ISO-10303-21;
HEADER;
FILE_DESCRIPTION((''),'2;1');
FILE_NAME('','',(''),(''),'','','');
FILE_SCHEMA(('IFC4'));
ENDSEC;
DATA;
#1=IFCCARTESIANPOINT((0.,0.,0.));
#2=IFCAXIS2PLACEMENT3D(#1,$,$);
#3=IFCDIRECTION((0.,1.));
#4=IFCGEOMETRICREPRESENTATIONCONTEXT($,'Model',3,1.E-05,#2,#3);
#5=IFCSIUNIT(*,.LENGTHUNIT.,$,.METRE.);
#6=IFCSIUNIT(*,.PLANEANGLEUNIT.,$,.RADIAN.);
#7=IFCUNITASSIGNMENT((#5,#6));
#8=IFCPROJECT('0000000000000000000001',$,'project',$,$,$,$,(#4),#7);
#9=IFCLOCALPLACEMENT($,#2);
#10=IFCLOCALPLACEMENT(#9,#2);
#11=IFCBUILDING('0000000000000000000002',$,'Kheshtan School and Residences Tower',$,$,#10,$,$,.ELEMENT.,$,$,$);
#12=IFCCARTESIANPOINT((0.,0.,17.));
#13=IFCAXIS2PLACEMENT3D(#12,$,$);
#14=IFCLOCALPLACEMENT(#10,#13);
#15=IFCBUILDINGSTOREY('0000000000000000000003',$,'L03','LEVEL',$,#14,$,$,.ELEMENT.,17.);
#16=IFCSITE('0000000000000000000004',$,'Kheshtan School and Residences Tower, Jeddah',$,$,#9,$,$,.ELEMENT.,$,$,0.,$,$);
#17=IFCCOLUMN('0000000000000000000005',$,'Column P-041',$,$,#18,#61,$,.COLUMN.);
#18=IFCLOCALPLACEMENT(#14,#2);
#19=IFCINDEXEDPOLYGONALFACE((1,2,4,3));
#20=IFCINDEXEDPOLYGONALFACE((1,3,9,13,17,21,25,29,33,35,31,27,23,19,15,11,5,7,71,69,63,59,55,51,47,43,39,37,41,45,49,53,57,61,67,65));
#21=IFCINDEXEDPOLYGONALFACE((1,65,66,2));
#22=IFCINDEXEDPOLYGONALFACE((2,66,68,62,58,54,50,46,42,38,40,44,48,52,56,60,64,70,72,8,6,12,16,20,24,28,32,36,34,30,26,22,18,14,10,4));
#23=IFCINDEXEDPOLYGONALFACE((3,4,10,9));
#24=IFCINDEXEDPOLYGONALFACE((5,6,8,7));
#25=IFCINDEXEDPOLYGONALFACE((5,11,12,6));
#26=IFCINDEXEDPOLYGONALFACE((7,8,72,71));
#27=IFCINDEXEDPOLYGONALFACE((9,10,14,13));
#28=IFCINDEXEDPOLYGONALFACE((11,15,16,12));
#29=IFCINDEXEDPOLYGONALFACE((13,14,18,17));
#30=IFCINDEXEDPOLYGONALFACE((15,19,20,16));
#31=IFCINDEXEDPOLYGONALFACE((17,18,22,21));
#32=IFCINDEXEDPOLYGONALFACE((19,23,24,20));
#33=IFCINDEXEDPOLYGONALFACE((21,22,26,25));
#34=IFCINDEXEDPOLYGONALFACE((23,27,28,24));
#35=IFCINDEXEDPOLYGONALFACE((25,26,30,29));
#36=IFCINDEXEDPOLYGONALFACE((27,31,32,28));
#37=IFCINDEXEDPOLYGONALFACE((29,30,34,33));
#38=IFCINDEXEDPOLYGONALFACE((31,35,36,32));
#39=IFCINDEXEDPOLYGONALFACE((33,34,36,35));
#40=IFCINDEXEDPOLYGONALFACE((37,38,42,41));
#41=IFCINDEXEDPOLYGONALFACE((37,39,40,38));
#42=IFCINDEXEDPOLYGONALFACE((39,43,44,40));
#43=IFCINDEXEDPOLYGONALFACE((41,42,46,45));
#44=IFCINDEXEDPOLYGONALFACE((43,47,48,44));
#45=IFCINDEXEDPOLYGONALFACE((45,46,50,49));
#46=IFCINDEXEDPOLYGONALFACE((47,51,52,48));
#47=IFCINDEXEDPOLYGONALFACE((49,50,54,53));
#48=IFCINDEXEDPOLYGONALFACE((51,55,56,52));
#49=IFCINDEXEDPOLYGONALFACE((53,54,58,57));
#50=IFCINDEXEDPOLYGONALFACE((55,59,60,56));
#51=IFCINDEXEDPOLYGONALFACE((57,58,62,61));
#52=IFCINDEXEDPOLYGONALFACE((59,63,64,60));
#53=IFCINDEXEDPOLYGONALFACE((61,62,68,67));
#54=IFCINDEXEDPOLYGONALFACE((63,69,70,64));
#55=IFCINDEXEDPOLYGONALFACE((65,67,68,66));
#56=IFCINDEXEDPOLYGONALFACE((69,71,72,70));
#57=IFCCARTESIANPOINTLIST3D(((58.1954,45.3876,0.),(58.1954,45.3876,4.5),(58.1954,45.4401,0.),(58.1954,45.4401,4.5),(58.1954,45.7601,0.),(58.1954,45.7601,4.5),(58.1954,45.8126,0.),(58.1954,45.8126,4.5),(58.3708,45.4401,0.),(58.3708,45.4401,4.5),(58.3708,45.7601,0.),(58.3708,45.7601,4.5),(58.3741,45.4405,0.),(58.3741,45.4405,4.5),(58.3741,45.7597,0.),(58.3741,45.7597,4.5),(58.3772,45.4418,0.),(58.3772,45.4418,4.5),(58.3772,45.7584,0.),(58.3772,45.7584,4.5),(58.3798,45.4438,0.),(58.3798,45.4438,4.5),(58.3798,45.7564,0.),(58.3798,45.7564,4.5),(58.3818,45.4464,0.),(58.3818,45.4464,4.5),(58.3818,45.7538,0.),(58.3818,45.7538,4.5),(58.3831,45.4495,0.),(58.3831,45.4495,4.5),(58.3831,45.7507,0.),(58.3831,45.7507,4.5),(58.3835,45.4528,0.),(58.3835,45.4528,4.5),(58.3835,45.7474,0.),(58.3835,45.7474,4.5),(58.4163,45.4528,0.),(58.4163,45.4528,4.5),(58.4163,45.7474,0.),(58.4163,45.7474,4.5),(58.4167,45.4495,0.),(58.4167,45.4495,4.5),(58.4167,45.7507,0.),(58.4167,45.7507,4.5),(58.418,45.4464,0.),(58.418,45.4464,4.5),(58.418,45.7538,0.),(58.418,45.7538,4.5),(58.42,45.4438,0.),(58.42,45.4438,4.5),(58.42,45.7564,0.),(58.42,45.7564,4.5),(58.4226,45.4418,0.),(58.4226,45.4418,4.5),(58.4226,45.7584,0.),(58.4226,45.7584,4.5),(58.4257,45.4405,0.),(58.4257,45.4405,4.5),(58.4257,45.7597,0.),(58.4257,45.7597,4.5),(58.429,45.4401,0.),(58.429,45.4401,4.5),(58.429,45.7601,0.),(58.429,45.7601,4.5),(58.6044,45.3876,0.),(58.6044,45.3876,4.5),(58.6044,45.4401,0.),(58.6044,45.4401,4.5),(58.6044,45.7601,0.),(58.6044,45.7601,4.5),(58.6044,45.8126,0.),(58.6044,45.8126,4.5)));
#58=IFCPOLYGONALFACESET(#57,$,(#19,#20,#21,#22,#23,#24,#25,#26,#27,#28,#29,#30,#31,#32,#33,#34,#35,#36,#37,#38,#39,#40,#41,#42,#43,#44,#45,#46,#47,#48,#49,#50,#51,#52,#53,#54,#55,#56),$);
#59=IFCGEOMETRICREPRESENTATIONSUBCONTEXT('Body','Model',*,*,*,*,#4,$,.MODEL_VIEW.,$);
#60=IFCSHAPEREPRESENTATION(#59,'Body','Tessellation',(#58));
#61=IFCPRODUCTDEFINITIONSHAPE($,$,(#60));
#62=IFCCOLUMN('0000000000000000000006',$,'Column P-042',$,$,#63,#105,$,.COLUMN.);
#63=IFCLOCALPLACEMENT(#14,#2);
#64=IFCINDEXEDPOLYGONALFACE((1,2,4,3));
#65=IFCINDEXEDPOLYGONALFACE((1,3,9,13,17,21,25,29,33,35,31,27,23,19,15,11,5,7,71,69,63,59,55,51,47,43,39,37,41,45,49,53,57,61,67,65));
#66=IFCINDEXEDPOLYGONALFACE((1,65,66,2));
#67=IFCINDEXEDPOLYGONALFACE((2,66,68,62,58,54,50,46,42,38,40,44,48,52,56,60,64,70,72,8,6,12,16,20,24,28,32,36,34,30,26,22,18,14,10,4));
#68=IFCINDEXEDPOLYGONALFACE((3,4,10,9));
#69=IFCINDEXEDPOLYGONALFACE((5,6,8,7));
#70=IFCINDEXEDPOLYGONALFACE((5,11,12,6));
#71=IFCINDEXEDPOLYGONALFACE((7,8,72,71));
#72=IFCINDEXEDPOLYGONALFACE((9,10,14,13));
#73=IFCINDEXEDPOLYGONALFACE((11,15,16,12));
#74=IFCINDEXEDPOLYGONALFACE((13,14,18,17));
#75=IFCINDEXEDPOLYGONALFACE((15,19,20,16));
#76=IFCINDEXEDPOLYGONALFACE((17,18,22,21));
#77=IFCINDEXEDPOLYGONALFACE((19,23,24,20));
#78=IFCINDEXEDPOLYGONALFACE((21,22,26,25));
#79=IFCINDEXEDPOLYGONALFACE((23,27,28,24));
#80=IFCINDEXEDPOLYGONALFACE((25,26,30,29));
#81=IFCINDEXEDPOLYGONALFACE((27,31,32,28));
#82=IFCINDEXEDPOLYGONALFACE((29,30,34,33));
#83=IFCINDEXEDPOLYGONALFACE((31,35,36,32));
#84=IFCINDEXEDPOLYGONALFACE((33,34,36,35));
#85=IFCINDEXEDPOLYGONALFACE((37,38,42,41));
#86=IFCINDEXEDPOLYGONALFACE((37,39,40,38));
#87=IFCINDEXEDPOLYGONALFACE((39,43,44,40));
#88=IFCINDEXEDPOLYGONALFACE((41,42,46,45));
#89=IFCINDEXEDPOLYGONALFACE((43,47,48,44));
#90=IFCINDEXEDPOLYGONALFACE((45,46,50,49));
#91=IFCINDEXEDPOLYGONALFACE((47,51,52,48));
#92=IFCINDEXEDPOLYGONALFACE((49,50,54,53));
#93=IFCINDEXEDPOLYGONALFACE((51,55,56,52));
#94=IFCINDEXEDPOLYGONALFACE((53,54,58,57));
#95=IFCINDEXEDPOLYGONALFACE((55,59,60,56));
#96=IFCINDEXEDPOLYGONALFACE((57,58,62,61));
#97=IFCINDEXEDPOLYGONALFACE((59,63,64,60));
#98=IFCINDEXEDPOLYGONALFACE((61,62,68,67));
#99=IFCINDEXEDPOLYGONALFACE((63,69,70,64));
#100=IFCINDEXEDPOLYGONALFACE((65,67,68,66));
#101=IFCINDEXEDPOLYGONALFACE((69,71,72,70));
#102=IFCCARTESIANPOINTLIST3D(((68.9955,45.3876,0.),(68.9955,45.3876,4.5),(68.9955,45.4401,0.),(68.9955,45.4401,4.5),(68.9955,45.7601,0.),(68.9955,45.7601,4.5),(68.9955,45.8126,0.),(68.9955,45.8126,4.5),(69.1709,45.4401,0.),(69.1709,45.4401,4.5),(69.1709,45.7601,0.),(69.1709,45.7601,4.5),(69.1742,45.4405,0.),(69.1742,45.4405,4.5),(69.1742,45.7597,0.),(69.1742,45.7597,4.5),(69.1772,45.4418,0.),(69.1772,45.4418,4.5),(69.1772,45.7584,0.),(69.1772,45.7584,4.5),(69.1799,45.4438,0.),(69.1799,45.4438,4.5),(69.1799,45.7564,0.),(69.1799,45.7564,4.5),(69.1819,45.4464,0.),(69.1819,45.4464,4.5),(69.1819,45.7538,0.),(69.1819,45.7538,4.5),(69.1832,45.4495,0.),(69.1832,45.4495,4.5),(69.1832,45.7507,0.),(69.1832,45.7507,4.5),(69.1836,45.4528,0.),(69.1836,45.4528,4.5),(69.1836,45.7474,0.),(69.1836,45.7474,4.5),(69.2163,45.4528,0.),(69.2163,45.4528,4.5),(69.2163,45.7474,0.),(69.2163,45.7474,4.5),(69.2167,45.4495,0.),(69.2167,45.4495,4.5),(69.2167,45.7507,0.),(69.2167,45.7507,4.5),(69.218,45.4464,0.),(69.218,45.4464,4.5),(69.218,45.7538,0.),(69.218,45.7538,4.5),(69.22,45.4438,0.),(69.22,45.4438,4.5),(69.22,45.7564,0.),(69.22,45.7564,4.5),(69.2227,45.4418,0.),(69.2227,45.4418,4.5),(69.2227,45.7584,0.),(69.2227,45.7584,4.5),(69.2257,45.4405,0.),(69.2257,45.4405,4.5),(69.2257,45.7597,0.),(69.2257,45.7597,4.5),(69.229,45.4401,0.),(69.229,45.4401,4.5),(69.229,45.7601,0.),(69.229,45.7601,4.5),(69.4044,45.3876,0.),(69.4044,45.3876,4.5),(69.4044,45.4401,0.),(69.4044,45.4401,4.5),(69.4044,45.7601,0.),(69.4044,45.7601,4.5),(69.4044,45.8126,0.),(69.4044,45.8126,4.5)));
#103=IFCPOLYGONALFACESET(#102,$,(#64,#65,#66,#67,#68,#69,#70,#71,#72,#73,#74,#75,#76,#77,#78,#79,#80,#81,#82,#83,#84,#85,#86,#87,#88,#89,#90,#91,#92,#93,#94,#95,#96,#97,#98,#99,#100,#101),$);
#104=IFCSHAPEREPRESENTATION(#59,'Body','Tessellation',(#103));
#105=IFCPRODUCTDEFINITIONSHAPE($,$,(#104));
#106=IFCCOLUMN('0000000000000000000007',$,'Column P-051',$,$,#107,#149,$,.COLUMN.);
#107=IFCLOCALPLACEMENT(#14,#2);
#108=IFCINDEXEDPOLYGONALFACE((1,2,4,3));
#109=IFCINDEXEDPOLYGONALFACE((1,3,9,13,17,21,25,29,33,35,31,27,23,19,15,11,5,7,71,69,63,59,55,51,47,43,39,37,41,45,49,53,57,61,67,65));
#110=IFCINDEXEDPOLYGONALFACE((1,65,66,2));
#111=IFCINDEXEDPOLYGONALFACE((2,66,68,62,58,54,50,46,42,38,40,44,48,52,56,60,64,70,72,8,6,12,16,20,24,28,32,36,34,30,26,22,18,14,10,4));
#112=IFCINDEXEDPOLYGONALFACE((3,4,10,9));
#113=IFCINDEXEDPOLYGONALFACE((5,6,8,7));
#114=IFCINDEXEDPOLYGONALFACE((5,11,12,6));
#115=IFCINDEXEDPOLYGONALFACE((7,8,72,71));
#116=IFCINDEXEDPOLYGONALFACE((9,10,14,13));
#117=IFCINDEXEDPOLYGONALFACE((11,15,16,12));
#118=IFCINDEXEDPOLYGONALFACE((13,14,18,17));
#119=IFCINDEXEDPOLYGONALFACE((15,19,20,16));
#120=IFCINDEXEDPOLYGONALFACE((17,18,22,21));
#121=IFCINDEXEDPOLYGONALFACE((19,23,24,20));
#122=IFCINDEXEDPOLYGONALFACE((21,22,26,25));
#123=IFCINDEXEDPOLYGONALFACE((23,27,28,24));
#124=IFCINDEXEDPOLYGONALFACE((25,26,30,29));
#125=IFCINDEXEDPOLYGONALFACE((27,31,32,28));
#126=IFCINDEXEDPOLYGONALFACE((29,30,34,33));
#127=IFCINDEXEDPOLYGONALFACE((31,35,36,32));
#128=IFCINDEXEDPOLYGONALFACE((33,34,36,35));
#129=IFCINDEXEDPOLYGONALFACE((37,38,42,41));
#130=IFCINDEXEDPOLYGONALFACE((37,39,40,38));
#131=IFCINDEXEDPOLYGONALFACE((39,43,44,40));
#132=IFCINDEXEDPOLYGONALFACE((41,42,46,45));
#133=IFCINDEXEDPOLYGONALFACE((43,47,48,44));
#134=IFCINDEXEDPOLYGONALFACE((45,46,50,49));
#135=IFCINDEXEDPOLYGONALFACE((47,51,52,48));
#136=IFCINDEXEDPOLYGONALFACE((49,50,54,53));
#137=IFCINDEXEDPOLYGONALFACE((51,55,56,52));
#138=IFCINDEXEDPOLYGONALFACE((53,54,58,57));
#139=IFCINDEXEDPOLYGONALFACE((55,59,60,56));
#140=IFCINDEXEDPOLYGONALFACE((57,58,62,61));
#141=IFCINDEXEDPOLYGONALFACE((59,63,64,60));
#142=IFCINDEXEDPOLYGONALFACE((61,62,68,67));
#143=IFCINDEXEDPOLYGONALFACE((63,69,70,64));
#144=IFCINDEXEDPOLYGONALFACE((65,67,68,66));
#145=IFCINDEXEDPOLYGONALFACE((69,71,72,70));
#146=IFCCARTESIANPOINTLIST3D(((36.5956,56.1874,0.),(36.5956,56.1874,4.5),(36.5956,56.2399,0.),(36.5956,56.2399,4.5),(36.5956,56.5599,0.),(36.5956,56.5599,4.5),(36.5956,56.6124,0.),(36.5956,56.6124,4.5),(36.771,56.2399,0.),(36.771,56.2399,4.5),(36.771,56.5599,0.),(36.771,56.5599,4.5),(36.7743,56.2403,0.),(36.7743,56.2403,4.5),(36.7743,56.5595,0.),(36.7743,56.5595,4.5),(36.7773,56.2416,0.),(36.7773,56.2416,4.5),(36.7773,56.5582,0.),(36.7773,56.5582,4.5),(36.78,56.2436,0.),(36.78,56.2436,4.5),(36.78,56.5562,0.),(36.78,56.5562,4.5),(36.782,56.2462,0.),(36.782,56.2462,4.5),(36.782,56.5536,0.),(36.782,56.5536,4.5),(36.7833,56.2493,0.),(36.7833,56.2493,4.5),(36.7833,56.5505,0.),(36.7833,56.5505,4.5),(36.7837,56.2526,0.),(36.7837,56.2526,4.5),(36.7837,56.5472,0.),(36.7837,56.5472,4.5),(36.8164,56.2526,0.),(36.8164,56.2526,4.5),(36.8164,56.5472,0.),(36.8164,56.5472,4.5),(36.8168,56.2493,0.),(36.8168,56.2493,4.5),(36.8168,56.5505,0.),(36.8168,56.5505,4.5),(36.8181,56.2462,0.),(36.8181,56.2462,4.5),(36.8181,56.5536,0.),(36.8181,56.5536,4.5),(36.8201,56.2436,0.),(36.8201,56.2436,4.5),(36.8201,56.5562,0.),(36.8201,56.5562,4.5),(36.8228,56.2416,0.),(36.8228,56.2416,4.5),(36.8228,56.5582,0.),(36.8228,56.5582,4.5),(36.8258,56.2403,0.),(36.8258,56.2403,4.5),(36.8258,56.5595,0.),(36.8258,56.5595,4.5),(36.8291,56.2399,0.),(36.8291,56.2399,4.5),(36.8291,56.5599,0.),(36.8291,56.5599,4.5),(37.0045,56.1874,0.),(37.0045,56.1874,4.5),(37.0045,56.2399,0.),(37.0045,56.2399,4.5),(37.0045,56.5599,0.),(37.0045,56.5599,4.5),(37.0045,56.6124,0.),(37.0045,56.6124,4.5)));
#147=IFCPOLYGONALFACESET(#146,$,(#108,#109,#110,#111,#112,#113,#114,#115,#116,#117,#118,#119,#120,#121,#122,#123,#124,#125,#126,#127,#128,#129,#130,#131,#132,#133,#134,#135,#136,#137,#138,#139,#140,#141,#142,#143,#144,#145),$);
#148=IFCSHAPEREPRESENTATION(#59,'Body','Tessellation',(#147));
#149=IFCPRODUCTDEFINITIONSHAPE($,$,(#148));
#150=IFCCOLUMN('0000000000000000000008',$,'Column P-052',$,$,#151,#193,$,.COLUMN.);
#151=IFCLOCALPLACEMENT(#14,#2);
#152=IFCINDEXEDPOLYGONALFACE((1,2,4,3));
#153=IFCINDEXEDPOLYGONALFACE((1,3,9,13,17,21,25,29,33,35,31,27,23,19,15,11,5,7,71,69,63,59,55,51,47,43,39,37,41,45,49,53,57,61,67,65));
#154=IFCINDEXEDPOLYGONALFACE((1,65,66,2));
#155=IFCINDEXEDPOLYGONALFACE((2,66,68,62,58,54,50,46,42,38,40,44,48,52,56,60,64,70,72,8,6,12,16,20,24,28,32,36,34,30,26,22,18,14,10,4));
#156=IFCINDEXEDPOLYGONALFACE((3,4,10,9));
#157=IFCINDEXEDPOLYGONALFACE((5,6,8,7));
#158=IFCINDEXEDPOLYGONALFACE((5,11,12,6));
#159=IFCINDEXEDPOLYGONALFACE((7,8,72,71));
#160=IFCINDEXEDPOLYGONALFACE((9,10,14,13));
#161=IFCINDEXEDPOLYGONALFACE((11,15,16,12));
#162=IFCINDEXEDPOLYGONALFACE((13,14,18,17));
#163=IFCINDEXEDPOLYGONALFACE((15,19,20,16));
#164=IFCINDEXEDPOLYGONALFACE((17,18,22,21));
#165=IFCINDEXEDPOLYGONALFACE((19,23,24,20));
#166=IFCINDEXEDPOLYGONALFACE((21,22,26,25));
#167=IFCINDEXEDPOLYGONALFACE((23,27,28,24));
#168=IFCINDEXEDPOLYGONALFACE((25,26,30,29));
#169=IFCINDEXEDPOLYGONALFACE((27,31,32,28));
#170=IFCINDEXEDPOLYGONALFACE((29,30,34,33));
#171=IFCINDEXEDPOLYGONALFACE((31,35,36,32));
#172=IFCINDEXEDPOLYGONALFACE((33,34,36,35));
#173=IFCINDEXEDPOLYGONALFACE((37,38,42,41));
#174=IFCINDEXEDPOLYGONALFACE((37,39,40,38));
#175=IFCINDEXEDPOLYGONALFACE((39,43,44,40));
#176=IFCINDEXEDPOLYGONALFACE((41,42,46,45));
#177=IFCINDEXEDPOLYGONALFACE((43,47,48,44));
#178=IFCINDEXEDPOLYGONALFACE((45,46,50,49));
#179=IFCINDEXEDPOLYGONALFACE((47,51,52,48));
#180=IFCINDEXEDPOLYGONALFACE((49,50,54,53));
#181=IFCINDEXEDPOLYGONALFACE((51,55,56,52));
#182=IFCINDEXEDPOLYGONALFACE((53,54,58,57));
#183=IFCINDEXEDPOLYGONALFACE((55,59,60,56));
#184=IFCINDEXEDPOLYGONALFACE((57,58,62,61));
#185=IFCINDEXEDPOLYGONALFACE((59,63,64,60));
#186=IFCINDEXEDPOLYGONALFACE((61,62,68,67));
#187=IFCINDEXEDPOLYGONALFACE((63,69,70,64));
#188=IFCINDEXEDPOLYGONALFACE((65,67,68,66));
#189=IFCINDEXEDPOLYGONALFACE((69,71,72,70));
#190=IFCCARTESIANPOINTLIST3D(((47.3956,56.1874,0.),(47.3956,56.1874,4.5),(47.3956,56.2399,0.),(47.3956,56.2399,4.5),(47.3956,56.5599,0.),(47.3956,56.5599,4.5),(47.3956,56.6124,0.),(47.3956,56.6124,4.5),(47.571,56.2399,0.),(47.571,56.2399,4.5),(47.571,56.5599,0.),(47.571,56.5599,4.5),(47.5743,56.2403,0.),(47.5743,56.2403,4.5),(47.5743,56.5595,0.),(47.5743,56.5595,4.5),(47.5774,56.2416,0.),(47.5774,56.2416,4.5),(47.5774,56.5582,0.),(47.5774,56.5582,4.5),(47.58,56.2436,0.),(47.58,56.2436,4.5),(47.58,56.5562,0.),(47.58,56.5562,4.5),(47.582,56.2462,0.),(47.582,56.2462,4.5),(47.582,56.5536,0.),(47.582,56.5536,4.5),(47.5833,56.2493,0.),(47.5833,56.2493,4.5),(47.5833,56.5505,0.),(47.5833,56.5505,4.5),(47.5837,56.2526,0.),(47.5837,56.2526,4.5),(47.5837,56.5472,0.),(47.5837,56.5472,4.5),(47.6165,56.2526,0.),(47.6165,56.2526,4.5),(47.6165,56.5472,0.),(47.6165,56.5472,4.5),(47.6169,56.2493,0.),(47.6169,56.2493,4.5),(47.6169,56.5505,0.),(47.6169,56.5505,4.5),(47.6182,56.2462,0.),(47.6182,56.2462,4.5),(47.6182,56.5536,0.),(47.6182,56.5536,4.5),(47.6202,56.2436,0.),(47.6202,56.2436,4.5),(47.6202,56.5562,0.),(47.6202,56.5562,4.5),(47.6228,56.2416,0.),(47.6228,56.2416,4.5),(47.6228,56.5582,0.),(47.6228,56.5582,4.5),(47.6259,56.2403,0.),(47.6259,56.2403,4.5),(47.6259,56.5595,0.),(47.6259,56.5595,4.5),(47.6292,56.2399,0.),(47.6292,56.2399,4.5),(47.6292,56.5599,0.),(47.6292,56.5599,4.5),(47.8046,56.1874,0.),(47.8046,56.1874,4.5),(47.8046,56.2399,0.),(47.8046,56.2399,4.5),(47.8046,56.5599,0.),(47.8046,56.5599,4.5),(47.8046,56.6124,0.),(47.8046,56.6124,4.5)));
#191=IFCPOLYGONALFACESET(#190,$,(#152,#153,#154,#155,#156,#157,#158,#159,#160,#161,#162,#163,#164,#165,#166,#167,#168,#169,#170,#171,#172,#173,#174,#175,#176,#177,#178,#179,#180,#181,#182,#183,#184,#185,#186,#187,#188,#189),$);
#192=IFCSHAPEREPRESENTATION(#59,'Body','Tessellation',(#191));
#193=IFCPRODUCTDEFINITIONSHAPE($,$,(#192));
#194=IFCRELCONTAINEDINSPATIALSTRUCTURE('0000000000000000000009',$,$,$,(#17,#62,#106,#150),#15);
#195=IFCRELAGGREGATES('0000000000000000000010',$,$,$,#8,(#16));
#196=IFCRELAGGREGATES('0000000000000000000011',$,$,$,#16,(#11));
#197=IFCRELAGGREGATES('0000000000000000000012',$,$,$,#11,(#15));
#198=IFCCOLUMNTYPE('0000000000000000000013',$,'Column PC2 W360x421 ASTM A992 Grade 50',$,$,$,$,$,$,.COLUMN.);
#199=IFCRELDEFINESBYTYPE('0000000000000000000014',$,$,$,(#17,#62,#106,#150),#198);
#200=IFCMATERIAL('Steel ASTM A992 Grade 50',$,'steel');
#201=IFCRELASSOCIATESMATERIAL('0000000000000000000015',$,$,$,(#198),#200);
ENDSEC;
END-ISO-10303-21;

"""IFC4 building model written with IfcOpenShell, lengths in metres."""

from ifc_helpers import new_model, si_unit, direction, frame, origin, origin_2d, place, context, subcontext, project, spatial, i_section, extrude, material, material_profile, profile_set, type_object, element, save


model = new_model("IFC4")

# Units and contexts
model_context = context("Model", 3, precision=1e-05, world=origin(), true_north=direction((0.0, 1.0)))
body_context = subcontext(model_context, "Body", "Model", "MODEL_VIEW")
ifc_project = project(units=[si_unit("LENGTHUNIT", "METRE"), si_unit("PLANEANGLEUNIT", "RADIAN")], contexts=[model_context])

# Site, building, storey
site_placement = place(None, origin())
site = spatial("IfcSite", under=ifc_project, at=site_placement, Name="Kheshtan School and Residences Tower, Jeddah", CompositionType="ELEMENT", RefElevation=0.0)
building_placement = place(site_placement, origin())
building = spatial("IfcBuilding", under=site, at=building_placement, Name="Kheshtan School and Residences Tower", CompositionType="ELEMENT")
storey_placement = place(building_placement, frame((0.0, 0.0, 17.0)))
storey = spatial("IfcBuildingStorey", under=building, at=storey_placement, Name="L03", Description="LEVEL", CompositionType="ELEMENT", Elevation=17.0)

# Columns
ifc_material_1 = material(Name="Steel ASTM A992 Grade 50", Category="steel")
ifc_material_profile = material_profile(ifc_material_1, i_section(OverallWidth=0.4089, OverallDepth=0.425, WebThickness=0.0327, FlangeThickness=0.0525, FilletRadius=0.0127, at=origin_2d()), Name="W360x421")
ifc_profile_set = profile_set([ifc_material_profile], Name="Steel ASTM A992 Grade 50")
column_type = type_object("IfcColumnType", Name="Column PC2 W360x421 ASTM A992 Grade 50", PredefinedType="COLUMN", material=ifc_profile_set)
for number, where, z_axis, x_axis, name in (
    (1, (58.3999, 45.6001, 0.0), (0.0, 0.0, 1.0), (1.0, 0.0, 0.0), "Column P-041"),
    (2, (69.2, 45.6001, 0.0), (0.0, 0.0, 1.0), (1.0, 0.0, 0.0), "Column P-042"),
    (3, (36.8, 56.3999, 0.0), (0.0, 0.0, 1.0), (1.0, 0.0, 0.0), "Column P-051"),
    (4, (47.6001, 56.3999, 0.0), (0.0, 0.0, 1.0), (1.0, 0.0, 0.0), "Column P-052"),
):
    element("IfcColumn", number, at=place(storey_placement, frame(where, z_axis=z_axis, x_axis=x_axis)), inside=storey, type_object=column_type, Name=name, PredefinedType="COLUMN", context=body_context, shape_type="SweptSolid", body=[
        extrude(i_section(OverallWidth=0.4089, OverallDepth=0.425, WebThickness=0.0327, FlangeThickness=0.0525, FilletRadius=0.0127, at=origin_2d()), origin(), (0.0, 0.0, 1.0), 4.5),
    ])

save(model, "model.ifc")
